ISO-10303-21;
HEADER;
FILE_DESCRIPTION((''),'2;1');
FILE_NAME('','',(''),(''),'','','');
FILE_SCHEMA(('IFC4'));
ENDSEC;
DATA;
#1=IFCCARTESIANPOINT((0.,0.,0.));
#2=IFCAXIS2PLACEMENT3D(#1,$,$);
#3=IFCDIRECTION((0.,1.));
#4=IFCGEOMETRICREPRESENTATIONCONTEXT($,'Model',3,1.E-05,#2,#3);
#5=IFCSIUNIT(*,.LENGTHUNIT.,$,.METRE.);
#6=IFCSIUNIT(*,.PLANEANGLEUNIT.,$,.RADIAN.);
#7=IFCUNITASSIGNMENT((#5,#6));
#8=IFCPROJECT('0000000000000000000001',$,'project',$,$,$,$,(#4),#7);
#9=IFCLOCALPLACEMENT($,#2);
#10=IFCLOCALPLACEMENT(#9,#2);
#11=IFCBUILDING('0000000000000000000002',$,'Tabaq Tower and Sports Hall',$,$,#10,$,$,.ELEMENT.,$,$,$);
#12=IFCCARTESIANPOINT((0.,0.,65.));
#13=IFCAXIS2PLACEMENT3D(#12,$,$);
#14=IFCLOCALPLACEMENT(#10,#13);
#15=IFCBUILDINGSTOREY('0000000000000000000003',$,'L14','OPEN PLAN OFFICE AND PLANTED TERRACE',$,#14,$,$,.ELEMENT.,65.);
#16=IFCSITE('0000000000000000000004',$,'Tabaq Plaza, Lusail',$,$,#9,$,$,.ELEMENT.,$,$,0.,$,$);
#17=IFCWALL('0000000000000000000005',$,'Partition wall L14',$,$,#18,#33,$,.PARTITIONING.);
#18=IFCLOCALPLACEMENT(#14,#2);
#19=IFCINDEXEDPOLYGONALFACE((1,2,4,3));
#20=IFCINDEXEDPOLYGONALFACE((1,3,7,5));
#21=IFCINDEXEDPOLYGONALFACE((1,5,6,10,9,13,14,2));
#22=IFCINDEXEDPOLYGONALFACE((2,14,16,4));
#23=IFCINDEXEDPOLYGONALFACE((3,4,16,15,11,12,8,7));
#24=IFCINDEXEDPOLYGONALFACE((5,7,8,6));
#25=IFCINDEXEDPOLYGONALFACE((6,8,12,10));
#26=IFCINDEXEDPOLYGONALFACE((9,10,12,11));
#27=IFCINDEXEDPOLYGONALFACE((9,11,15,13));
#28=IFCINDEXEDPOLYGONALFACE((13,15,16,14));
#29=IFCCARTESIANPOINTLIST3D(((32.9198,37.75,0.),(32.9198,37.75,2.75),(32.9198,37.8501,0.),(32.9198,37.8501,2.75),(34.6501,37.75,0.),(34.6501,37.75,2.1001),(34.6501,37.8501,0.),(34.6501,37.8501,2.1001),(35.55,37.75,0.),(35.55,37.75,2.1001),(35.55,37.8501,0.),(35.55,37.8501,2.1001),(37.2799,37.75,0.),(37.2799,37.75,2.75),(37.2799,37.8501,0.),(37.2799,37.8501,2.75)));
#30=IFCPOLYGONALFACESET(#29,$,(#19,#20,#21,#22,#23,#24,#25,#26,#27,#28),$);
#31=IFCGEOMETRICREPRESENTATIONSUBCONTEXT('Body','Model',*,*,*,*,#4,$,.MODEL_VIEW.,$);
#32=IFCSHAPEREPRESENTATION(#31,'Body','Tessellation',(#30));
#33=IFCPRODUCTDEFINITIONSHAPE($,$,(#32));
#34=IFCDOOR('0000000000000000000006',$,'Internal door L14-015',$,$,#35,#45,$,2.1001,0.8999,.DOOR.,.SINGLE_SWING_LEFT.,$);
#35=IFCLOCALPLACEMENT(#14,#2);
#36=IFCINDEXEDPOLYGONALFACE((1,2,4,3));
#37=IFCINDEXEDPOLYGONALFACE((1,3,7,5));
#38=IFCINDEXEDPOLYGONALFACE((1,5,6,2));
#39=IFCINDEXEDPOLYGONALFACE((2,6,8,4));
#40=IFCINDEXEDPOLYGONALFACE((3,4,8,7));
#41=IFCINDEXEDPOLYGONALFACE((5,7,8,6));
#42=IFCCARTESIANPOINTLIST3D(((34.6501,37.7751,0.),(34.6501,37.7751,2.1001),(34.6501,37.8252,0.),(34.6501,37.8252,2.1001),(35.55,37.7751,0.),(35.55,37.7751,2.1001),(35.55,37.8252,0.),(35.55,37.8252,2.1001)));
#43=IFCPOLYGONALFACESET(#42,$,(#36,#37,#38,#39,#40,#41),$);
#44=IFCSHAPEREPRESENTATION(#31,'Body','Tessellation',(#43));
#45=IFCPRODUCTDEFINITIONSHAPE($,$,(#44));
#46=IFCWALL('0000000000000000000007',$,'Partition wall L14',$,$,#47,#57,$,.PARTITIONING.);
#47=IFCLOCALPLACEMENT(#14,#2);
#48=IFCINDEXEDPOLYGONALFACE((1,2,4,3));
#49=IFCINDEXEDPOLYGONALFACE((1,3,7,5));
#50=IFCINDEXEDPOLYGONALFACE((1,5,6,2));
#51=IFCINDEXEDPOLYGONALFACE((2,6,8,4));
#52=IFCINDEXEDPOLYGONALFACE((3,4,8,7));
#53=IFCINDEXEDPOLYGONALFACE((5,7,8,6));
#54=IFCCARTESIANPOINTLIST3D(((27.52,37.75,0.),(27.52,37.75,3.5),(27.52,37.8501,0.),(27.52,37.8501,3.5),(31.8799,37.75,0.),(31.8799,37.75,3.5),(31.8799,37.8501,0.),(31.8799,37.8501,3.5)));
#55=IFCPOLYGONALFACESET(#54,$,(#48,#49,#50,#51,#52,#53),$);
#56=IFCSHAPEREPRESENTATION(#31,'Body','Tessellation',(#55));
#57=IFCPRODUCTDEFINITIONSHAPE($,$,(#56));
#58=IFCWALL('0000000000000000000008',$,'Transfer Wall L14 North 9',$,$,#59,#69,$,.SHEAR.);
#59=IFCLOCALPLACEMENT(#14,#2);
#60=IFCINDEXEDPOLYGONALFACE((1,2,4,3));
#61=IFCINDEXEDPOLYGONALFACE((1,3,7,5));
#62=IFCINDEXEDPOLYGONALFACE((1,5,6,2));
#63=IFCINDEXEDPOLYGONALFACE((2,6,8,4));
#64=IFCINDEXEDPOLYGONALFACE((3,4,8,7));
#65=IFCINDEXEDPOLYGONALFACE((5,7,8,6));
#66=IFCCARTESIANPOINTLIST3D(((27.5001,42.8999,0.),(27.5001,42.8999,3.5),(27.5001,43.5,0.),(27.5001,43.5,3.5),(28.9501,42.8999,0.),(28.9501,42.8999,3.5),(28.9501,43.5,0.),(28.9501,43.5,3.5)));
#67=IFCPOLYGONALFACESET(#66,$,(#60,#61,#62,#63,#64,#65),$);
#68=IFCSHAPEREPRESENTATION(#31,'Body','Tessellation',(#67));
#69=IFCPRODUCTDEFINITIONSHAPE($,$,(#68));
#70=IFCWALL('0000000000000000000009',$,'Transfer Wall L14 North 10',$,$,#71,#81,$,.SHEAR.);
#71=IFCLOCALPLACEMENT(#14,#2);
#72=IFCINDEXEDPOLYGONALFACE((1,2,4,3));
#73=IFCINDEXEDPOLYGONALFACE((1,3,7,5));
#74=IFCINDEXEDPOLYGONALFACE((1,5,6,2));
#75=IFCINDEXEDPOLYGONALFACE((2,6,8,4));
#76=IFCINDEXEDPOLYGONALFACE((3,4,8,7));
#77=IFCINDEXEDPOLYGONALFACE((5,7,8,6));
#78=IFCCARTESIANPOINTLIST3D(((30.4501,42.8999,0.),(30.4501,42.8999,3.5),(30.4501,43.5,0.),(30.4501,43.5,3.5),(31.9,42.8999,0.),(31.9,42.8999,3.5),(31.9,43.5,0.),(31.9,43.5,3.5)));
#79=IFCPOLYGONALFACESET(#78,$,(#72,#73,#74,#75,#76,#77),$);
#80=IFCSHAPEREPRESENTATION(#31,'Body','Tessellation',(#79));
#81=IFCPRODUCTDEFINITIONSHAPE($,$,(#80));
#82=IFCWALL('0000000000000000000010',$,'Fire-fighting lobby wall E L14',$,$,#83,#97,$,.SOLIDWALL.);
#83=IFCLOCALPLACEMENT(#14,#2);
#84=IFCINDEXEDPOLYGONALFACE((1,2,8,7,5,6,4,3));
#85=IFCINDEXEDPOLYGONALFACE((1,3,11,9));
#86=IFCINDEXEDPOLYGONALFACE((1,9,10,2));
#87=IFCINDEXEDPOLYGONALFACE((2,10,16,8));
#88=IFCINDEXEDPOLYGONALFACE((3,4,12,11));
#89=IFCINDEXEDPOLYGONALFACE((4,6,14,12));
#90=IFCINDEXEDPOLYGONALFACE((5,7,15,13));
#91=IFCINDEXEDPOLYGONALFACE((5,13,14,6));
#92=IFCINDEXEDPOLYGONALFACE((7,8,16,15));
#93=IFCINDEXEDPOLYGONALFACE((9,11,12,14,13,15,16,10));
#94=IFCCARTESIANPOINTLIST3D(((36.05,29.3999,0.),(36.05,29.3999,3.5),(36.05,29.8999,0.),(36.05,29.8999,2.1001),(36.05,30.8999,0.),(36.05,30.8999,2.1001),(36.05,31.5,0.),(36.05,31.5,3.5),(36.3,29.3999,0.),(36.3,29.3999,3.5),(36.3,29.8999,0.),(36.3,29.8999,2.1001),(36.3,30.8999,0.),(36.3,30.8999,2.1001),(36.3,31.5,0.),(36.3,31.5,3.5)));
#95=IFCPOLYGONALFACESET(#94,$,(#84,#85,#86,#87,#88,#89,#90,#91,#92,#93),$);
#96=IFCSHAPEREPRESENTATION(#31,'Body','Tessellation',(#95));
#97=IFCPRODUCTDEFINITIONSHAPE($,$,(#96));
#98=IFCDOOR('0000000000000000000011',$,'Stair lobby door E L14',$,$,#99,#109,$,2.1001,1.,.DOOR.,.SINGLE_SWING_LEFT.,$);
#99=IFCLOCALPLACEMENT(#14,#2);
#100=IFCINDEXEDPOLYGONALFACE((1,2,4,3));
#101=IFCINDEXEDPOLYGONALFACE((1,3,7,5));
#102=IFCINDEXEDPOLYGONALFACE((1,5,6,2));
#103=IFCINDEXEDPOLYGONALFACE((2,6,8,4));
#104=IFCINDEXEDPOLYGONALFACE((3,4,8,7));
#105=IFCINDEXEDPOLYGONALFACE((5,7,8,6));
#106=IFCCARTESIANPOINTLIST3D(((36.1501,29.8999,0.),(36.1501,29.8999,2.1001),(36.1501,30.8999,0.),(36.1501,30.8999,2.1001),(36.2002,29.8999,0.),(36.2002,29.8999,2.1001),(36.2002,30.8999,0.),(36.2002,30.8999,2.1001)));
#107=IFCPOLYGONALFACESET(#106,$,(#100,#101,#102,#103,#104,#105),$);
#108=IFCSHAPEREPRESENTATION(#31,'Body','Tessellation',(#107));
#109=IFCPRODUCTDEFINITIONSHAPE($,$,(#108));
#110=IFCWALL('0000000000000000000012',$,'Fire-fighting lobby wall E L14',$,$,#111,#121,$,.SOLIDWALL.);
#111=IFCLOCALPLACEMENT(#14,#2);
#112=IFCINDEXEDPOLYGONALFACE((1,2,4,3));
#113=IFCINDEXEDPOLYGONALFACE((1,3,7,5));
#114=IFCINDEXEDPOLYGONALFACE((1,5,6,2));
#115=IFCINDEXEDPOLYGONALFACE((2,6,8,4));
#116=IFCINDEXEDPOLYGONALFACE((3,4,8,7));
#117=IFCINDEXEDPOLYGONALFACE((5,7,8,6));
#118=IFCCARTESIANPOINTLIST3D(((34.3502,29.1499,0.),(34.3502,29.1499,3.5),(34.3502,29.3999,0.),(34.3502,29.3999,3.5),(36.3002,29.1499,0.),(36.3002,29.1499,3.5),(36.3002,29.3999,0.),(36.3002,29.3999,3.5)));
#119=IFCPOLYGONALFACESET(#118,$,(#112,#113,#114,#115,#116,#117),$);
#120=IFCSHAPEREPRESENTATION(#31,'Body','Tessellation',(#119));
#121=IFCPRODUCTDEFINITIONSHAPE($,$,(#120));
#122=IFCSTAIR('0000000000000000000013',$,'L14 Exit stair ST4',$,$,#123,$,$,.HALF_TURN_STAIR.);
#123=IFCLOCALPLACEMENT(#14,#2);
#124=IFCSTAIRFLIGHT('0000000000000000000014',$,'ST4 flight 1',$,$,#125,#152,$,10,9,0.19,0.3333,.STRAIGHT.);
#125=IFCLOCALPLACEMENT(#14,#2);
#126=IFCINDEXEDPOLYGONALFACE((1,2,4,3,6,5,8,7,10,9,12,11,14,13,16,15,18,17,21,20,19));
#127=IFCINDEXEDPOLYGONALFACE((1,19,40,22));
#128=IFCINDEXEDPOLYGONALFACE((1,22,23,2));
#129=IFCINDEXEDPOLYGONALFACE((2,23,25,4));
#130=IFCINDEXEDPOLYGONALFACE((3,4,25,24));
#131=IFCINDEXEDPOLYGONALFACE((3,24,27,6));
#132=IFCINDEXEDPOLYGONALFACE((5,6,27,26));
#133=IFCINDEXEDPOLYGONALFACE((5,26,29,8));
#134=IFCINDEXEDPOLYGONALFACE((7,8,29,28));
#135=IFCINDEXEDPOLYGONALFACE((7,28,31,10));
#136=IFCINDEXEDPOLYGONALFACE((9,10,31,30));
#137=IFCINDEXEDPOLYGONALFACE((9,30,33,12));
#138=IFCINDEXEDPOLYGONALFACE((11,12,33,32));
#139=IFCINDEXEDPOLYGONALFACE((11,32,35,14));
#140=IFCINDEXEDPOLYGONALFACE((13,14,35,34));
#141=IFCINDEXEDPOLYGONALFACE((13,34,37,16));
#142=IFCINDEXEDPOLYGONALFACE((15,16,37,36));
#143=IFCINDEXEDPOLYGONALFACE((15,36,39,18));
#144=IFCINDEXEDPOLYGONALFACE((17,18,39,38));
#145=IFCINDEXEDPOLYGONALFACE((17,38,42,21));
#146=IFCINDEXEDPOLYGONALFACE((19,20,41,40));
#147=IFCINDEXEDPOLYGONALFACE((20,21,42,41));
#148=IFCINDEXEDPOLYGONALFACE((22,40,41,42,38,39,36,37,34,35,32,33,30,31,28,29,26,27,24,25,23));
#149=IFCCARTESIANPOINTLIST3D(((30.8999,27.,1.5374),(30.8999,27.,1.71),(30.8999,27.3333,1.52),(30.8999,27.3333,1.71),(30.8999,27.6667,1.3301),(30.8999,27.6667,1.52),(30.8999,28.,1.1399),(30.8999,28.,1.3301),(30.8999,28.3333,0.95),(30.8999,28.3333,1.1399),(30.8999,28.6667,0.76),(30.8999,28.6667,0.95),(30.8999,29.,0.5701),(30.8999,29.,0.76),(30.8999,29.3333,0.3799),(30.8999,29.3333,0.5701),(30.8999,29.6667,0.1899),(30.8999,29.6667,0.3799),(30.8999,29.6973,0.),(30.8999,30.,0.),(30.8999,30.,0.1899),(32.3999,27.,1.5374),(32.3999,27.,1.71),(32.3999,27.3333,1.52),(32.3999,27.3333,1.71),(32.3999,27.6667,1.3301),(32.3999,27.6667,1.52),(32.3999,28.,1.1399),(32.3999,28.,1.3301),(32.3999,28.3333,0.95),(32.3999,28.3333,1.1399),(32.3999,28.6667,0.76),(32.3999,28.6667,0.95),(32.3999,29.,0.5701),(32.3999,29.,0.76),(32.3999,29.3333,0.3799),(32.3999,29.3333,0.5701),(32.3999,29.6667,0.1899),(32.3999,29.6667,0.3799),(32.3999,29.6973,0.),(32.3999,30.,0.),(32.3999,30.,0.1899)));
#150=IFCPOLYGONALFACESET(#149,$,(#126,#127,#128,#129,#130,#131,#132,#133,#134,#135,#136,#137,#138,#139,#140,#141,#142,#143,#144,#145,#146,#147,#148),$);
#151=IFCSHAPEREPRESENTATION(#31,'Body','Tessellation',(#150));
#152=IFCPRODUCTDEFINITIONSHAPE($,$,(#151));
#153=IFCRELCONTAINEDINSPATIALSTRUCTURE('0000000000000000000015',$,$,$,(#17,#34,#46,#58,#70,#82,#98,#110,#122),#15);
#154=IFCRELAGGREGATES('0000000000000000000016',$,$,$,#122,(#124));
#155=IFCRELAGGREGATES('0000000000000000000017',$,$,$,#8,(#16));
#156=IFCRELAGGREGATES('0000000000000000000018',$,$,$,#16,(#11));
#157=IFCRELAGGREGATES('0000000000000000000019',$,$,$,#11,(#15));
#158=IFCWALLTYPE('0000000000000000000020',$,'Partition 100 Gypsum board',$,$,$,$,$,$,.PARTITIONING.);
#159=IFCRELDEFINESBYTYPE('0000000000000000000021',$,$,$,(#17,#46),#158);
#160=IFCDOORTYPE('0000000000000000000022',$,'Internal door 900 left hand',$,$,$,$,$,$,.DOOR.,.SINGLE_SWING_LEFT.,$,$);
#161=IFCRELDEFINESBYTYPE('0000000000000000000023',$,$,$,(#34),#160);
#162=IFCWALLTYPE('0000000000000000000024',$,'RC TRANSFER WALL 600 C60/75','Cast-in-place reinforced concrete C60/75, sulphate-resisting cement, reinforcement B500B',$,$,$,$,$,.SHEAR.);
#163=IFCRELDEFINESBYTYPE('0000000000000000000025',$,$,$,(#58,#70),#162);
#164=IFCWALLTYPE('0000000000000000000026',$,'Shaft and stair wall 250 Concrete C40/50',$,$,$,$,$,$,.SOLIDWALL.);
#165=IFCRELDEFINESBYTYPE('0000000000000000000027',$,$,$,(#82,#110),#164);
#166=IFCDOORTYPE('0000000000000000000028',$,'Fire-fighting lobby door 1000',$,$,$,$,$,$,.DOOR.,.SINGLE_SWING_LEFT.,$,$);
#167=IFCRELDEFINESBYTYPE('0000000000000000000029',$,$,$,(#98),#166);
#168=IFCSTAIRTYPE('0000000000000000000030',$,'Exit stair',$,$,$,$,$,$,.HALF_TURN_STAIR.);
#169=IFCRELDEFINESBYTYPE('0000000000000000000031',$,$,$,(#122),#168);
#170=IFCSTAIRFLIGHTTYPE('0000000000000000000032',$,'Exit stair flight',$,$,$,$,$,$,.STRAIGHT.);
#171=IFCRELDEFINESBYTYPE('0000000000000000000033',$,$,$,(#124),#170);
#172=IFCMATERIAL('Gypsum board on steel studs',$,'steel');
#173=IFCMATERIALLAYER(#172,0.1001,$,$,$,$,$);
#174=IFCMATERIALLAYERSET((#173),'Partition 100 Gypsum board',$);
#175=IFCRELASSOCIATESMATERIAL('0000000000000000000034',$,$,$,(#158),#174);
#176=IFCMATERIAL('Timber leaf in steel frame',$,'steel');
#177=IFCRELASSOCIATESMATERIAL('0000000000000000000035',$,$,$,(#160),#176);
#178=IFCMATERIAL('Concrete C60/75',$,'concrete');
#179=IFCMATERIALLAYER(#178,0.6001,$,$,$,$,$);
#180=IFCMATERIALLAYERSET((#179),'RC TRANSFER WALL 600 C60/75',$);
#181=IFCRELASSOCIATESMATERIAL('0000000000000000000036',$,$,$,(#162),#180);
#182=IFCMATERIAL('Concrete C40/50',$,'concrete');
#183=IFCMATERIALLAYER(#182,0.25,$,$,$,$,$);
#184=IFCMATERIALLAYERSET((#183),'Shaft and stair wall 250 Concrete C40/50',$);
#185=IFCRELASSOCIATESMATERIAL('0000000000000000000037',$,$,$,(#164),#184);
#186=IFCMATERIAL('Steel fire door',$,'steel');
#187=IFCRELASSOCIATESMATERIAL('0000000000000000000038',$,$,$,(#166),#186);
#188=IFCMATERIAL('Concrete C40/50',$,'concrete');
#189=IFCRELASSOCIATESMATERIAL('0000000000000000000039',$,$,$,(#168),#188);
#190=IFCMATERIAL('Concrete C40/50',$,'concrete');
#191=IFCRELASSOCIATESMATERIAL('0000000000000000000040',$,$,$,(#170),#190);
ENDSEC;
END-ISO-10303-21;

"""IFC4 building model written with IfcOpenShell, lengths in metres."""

from ifc_helpers import new_model, si_unit, direction, frame, frame_2d, origin, place, context, subcontext, project, spatial, polyline, rectangle, outline, extrude, material, layer, layer_set, type_object, element, fill, aggregate, save


model = new_model("IFC4")

# Units and contexts
model_context = context("Model", 3, precision=1e-05, world=origin(), true_north=direction((0.0, 1.0)))
body_context = subcontext(model_context, "Body", "Model", "MODEL_VIEW")
ifc_project = project(units=[si_unit("LENGTHUNIT", "METRE"), si_unit("PLANEANGLEUNIT", "RADIAN")], contexts=[model_context])

# Site, building, storey
site_placement = place(None, origin())
site = spatial("IfcSite", under=ifc_project, at=site_placement, Name="Tabaq Plaza, Lusail", CompositionType="ELEMENT", RefElevation=0.0)
building_placement = place(site_placement, origin())
building = spatial("IfcBuilding", under=site, at=building_placement, Name="Tabaq Tower and Sports Hall", CompositionType="ELEMENT")
storey_placement = place(building_placement, frame((0.0, 0.0, 65.0)))
storey = spatial("IfcBuildingStorey", under=building, at=storey_placement, Name="L14", Description="OPEN PLAN OFFICE AND PLANTED TERRACE", CompositionType="ELEMENT", Elevation=65.0)

# Shared definitions
ifc_material_1 = material(Name="Gypsum board on steel studs", Category="steel")
ifc_layer_1 = layer(ifc_material_1, 0.1001)
ifc_layer_set_1 = layer_set([ifc_layer_1], Name="Partition 100 Gypsum board")
wall_type_1 = type_object("IfcWallType", Name="Partition 100 Gypsum board", PredefinedType="PARTITIONING", material=ifc_layer_set_1)

# Wall, opening, door
wall_1_placement = place(storey_placement, frame((37.28, 37.8, 0.0), z_axis=(0.0, 0.0, 1.0), x_axis=(-1.0, 0.0, 0.0)))
wall_1 = element("IfcWall", 1, at=wall_1_placement, inside=storey, type_object=wall_type_1, Name="Partition wall L14", PredefinedType="PARTITIONING", context=body_context, shape_type="SweptSolid", body=[
    extrude(rectangle(XDim=4.3601, YDim=0.1001, at=frame_2d((2.1802, 0.0))), origin(), (0.0, 0.0, 1.0), 2.75),
])
opening_1_placement = place(wall_1_placement, frame((1.73, 0.0, 0.0)))
opening_1 = element("IfcOpeningElement", 2, at=opening_1_placement, cuts=wall_1, PredefinedType="OPENING", context=body_context, shape_type="SweptSolid", body=[
    extrude(rectangle(XDim=0.8999, YDim=2.1001, at=frame_2d((0.45, 1.05))), frame((0.0, 0.05, 0.0), z_axis=(0.0, -1.0, 0.0), x_axis=(1.0, 0.0, 0.0)), (0.0, 0.0, 1.0), 0.1001),
])
ifc_material_2 = material(Name="Timber leaf in steel frame", Category="steel")
door_type_1 = type_object("IfcDoorType", Name="Internal door 900 left hand", OperationType="SINGLE_SWING_LEFT", PredefinedType="DOOR", material=ifc_material_2)
door_1_placement = place(opening_1_placement, origin())
door_1 = element("IfcDoor", 3, at=door_1_placement, inside=storey, type_object=door_type_1, Name="Internal door L14-015", OperationType="SINGLE_SWING_LEFT", OverallHeight=2.1001, OverallWidth=0.8999, PredefinedType="DOOR", context=body_context, shape_type="SweptSolid", body=[
    extrude(rectangle(XDim=0.8999, YDim=2.1001, at=frame_2d((0.45, 1.05))), frame((0.0, 0.0249, 0.0), z_axis=(0.0, -1.0, 0.0), x_axis=(1.0, 0.0, 0.0)), (0.0, 0.0, 1.0), 0.05),
])
fill(opening_1, door_1)

# Walls
wall_2_placement = place(storey_placement, frame((31.8799, 37.8, 0.0), z_axis=(0.0, 0.0, 1.0), x_axis=(-1.0, 0.0, 0.0)))
element("IfcWall", 4, at=wall_2_placement, inside=storey, type_object=wall_type_1, Name="Partition wall L14", PredefinedType="PARTITIONING", context=body_context, shape_type="SweptSolid", body=[
    extrude(rectangle(XDim=4.3599, YDim=0.1001, at=frame_2d((2.1799, 0.0))), origin(), (0.0, 0.0, 1.0), 3.5),
])
ifc_material_3 = material(Name="Concrete C60/75", Category="concrete")
ifc_layer_2 = layer(ifc_material_3, 0.6001)
ifc_layer_set_2 = layer_set([ifc_layer_2], Name="RC TRANSFER WALL 600 C60/75")
wall_type_2 = type_object("IfcWallType", Name="RC TRANSFER WALL 600 C60/75", Description="Cast-in-place reinforced concrete C60/75, sulphate-resisting cement, reinforcement B500B", PredefinedType="SHEAR", material=ifc_layer_set_2)
for number, where, z_axis, x_axis, name in (
    (5, (27.5, 43.2, 0.0), (0.0, 0.0, 1.0), (1.0, 0.0, 0.0), "Transfer Wall L14 North 9"),
    (6, (30.45, 43.2, 0.0), (0.0, 0.0, 1.0), (1.0, 0.0, 0.0), "Transfer Wall L14 North 10"),
):
    element("IfcWall", number, at=place(storey_placement, frame(where, z_axis=z_axis, x_axis=x_axis)), inside=storey, type_object=wall_type_2, Name=name, PredefinedType="SHEAR", context=body_context, shape_type="SweptSolid", body=[
        extrude(rectangle(XDim=1.45, YDim=0.6001, at=frame_2d((0.7251, 0.0))), origin(), (0.0, 0.0, 1.0), 3.5),
    ])

# Wall, opening, door
ifc_material_4 = material(Name="Concrete C40/50", Category="concrete")
ifc_layer_3 = layer(ifc_material_4, 0.25)
ifc_layer_set_3 = layer_set([ifc_layer_3], Name="Shaft and stair wall 250 Concrete C40/50")
wall_type_3 = type_object("IfcWallType", Name="Shaft and stair wall 250 Concrete C40/50", PredefinedType="SOLIDWALL", material=ifc_layer_set_3)
wall_3_placement = place(storey_placement, frame((36.175, 29.3999, 0.0), z_axis=(0.0, 0.0, 1.0), x_axis=(0.0, 1.0, 0.0)))
wall_3 = element("IfcWall", 7, at=wall_3_placement, inside=storey, type_object=wall_type_3, Name="Fire-fighting lobby wall E L14", PredefinedType="SOLIDWALL", context=body_context, shape_type="SweptSolid", body=[
    extrude(rectangle(XDim=2.1001, YDim=0.25, at=frame_2d((1.05, 0.0))), origin(), (0.0, 0.0, 1.0), 3.5),
])
opening_2_placement = place(wall_3_placement, frame((0.5, 0.0, 0.0)))
opening_2 = element("IfcOpeningElement", 8, at=opening_2_placement, cuts=wall_3, PredefinedType="OPENING", context=body_context, shape_type="SweptSolid", body=[
    extrude(rectangle(XDim=1.0, YDim=2.1001, at=frame_2d((0.5, 1.05))), frame((0.0, 0.125, 0.0), z_axis=(0.0, -1.0, 0.0), x_axis=(1.0, 0.0, 0.0)), (0.0, 0.0, 1.0), 0.25),
])
ifc_material_5 = material(Name="Steel fire door", Category="steel")
door_type_2 = type_object("IfcDoorType", Name="Fire-fighting lobby door 1000", OperationType="SINGLE_SWING_LEFT", PredefinedType="DOOR", material=ifc_material_5)
door_2_placement = place(opening_2_placement, origin())
door_2 = element("IfcDoor", 9, at=door_2_placement, inside=storey, type_object=door_type_2, Name="Stair lobby door E L14", OperationType="SINGLE_SWING_LEFT", OverallHeight=2.1001, OverallWidth=1.0, PredefinedType="DOOR", context=body_context, shape_type="SweptSolid", body=[
    extrude(rectangle(XDim=1.0, YDim=2.1001, at=frame_2d((0.5, 1.05))), frame((0.0, 0.0249, 0.0), z_axis=(0.0, -1.0, 0.0), x_axis=(1.0, 0.0, 0.0)), (0.0, 0.0, 1.0), 0.05),
])
fill(opening_2, door_2)

# Wall
wall_4_placement = place(storey_placement, frame((34.3501, 29.2749, 0.0), z_axis=(0.0, 0.0, 1.0), x_axis=(1.0, 0.0, 0.0)))
element("IfcWall", 10, at=wall_4_placement, inside=storey, type_object=wall_type_3, Name="Fire-fighting lobby wall E L14", PredefinedType="SOLIDWALL", context=body_context, shape_type="SweptSolid", body=[
    extrude(rectangle(XDim=1.95, YDim=0.25, at=frame_2d((0.9751, 0.0))), origin(), (0.0, 0.0, 1.0), 3.5),
])

# Stair, stair flight
ifc_material_6 = material(Name="Concrete C40/50", Category="concrete")
stair_type = type_object("IfcStairType", Name="Exit stair", PredefinedType="HALF_TURN_STAIR", material=ifc_material_6)
stair_placement = place(storey_placement, origin())
stair = element("IfcStair", 11, at=stair_placement, inside=storey, type_object=stair_type, Name="L14 Exit stair ST4", PredefinedType="HALF_TURN_STAIR")
ifc_material_7 = material(Name="Concrete C40/50", Category="concrete")
stair_flight_type = type_object("IfcStairFlightType", Name="Exit stair flight", PredefinedType="STRAIGHT", material=ifc_material_7)
stair_flight_placement = place(storey_placement, frame((31.6499, 30.0, 0.0), z_axis=(0.0, 0.0, 1.0), x_axis=(0.0, -1.0, 0.0)))
stair_flight = element("IfcStairFlight", 12, at=stair_flight_placement, type_object=stair_flight_type, Name="ST4 flight 1", NumberOfRisers=10, NumberOfTreads=9, PredefinedType="STRAIGHT", RiserHeight=0.19, TreadLength=0.3333, context=body_context, shape_type="SweptSolid", body=[
    extrude(outline(polyline([(0.0, 0.0), (0.0, 0.1899), (0.3333, 0.1899), (0.3333, 0.3799), (0.6667, 0.3799), (0.6667, 0.5701), (1.0, 0.5701), (1.0, 0.76), (1.3333, 0.76), (1.3333, 0.95), (1.6667, 0.95), (1.6667, 1.1399), (2.0, 1.1399), (2.0, 1.3301), (2.3333, 1.3301), (2.3333, 1.52), (2.6667, 1.52), (2.6667, 1.71), (3.0, 1.71), (3.0, 1.8999), (3.0, 1.5374), (0.3027, 0.0), (0.0, 0.0)])), frame((0.0, 0.75, 0.0), z_axis=(0.0, -1.0, 0.0), x_axis=(1.0, 0.0, 0.0)), (0.0, 0.0, 1.0), 1.5),
])
aggregate(stair, [stair_flight])

save(model, "model.ifc")
